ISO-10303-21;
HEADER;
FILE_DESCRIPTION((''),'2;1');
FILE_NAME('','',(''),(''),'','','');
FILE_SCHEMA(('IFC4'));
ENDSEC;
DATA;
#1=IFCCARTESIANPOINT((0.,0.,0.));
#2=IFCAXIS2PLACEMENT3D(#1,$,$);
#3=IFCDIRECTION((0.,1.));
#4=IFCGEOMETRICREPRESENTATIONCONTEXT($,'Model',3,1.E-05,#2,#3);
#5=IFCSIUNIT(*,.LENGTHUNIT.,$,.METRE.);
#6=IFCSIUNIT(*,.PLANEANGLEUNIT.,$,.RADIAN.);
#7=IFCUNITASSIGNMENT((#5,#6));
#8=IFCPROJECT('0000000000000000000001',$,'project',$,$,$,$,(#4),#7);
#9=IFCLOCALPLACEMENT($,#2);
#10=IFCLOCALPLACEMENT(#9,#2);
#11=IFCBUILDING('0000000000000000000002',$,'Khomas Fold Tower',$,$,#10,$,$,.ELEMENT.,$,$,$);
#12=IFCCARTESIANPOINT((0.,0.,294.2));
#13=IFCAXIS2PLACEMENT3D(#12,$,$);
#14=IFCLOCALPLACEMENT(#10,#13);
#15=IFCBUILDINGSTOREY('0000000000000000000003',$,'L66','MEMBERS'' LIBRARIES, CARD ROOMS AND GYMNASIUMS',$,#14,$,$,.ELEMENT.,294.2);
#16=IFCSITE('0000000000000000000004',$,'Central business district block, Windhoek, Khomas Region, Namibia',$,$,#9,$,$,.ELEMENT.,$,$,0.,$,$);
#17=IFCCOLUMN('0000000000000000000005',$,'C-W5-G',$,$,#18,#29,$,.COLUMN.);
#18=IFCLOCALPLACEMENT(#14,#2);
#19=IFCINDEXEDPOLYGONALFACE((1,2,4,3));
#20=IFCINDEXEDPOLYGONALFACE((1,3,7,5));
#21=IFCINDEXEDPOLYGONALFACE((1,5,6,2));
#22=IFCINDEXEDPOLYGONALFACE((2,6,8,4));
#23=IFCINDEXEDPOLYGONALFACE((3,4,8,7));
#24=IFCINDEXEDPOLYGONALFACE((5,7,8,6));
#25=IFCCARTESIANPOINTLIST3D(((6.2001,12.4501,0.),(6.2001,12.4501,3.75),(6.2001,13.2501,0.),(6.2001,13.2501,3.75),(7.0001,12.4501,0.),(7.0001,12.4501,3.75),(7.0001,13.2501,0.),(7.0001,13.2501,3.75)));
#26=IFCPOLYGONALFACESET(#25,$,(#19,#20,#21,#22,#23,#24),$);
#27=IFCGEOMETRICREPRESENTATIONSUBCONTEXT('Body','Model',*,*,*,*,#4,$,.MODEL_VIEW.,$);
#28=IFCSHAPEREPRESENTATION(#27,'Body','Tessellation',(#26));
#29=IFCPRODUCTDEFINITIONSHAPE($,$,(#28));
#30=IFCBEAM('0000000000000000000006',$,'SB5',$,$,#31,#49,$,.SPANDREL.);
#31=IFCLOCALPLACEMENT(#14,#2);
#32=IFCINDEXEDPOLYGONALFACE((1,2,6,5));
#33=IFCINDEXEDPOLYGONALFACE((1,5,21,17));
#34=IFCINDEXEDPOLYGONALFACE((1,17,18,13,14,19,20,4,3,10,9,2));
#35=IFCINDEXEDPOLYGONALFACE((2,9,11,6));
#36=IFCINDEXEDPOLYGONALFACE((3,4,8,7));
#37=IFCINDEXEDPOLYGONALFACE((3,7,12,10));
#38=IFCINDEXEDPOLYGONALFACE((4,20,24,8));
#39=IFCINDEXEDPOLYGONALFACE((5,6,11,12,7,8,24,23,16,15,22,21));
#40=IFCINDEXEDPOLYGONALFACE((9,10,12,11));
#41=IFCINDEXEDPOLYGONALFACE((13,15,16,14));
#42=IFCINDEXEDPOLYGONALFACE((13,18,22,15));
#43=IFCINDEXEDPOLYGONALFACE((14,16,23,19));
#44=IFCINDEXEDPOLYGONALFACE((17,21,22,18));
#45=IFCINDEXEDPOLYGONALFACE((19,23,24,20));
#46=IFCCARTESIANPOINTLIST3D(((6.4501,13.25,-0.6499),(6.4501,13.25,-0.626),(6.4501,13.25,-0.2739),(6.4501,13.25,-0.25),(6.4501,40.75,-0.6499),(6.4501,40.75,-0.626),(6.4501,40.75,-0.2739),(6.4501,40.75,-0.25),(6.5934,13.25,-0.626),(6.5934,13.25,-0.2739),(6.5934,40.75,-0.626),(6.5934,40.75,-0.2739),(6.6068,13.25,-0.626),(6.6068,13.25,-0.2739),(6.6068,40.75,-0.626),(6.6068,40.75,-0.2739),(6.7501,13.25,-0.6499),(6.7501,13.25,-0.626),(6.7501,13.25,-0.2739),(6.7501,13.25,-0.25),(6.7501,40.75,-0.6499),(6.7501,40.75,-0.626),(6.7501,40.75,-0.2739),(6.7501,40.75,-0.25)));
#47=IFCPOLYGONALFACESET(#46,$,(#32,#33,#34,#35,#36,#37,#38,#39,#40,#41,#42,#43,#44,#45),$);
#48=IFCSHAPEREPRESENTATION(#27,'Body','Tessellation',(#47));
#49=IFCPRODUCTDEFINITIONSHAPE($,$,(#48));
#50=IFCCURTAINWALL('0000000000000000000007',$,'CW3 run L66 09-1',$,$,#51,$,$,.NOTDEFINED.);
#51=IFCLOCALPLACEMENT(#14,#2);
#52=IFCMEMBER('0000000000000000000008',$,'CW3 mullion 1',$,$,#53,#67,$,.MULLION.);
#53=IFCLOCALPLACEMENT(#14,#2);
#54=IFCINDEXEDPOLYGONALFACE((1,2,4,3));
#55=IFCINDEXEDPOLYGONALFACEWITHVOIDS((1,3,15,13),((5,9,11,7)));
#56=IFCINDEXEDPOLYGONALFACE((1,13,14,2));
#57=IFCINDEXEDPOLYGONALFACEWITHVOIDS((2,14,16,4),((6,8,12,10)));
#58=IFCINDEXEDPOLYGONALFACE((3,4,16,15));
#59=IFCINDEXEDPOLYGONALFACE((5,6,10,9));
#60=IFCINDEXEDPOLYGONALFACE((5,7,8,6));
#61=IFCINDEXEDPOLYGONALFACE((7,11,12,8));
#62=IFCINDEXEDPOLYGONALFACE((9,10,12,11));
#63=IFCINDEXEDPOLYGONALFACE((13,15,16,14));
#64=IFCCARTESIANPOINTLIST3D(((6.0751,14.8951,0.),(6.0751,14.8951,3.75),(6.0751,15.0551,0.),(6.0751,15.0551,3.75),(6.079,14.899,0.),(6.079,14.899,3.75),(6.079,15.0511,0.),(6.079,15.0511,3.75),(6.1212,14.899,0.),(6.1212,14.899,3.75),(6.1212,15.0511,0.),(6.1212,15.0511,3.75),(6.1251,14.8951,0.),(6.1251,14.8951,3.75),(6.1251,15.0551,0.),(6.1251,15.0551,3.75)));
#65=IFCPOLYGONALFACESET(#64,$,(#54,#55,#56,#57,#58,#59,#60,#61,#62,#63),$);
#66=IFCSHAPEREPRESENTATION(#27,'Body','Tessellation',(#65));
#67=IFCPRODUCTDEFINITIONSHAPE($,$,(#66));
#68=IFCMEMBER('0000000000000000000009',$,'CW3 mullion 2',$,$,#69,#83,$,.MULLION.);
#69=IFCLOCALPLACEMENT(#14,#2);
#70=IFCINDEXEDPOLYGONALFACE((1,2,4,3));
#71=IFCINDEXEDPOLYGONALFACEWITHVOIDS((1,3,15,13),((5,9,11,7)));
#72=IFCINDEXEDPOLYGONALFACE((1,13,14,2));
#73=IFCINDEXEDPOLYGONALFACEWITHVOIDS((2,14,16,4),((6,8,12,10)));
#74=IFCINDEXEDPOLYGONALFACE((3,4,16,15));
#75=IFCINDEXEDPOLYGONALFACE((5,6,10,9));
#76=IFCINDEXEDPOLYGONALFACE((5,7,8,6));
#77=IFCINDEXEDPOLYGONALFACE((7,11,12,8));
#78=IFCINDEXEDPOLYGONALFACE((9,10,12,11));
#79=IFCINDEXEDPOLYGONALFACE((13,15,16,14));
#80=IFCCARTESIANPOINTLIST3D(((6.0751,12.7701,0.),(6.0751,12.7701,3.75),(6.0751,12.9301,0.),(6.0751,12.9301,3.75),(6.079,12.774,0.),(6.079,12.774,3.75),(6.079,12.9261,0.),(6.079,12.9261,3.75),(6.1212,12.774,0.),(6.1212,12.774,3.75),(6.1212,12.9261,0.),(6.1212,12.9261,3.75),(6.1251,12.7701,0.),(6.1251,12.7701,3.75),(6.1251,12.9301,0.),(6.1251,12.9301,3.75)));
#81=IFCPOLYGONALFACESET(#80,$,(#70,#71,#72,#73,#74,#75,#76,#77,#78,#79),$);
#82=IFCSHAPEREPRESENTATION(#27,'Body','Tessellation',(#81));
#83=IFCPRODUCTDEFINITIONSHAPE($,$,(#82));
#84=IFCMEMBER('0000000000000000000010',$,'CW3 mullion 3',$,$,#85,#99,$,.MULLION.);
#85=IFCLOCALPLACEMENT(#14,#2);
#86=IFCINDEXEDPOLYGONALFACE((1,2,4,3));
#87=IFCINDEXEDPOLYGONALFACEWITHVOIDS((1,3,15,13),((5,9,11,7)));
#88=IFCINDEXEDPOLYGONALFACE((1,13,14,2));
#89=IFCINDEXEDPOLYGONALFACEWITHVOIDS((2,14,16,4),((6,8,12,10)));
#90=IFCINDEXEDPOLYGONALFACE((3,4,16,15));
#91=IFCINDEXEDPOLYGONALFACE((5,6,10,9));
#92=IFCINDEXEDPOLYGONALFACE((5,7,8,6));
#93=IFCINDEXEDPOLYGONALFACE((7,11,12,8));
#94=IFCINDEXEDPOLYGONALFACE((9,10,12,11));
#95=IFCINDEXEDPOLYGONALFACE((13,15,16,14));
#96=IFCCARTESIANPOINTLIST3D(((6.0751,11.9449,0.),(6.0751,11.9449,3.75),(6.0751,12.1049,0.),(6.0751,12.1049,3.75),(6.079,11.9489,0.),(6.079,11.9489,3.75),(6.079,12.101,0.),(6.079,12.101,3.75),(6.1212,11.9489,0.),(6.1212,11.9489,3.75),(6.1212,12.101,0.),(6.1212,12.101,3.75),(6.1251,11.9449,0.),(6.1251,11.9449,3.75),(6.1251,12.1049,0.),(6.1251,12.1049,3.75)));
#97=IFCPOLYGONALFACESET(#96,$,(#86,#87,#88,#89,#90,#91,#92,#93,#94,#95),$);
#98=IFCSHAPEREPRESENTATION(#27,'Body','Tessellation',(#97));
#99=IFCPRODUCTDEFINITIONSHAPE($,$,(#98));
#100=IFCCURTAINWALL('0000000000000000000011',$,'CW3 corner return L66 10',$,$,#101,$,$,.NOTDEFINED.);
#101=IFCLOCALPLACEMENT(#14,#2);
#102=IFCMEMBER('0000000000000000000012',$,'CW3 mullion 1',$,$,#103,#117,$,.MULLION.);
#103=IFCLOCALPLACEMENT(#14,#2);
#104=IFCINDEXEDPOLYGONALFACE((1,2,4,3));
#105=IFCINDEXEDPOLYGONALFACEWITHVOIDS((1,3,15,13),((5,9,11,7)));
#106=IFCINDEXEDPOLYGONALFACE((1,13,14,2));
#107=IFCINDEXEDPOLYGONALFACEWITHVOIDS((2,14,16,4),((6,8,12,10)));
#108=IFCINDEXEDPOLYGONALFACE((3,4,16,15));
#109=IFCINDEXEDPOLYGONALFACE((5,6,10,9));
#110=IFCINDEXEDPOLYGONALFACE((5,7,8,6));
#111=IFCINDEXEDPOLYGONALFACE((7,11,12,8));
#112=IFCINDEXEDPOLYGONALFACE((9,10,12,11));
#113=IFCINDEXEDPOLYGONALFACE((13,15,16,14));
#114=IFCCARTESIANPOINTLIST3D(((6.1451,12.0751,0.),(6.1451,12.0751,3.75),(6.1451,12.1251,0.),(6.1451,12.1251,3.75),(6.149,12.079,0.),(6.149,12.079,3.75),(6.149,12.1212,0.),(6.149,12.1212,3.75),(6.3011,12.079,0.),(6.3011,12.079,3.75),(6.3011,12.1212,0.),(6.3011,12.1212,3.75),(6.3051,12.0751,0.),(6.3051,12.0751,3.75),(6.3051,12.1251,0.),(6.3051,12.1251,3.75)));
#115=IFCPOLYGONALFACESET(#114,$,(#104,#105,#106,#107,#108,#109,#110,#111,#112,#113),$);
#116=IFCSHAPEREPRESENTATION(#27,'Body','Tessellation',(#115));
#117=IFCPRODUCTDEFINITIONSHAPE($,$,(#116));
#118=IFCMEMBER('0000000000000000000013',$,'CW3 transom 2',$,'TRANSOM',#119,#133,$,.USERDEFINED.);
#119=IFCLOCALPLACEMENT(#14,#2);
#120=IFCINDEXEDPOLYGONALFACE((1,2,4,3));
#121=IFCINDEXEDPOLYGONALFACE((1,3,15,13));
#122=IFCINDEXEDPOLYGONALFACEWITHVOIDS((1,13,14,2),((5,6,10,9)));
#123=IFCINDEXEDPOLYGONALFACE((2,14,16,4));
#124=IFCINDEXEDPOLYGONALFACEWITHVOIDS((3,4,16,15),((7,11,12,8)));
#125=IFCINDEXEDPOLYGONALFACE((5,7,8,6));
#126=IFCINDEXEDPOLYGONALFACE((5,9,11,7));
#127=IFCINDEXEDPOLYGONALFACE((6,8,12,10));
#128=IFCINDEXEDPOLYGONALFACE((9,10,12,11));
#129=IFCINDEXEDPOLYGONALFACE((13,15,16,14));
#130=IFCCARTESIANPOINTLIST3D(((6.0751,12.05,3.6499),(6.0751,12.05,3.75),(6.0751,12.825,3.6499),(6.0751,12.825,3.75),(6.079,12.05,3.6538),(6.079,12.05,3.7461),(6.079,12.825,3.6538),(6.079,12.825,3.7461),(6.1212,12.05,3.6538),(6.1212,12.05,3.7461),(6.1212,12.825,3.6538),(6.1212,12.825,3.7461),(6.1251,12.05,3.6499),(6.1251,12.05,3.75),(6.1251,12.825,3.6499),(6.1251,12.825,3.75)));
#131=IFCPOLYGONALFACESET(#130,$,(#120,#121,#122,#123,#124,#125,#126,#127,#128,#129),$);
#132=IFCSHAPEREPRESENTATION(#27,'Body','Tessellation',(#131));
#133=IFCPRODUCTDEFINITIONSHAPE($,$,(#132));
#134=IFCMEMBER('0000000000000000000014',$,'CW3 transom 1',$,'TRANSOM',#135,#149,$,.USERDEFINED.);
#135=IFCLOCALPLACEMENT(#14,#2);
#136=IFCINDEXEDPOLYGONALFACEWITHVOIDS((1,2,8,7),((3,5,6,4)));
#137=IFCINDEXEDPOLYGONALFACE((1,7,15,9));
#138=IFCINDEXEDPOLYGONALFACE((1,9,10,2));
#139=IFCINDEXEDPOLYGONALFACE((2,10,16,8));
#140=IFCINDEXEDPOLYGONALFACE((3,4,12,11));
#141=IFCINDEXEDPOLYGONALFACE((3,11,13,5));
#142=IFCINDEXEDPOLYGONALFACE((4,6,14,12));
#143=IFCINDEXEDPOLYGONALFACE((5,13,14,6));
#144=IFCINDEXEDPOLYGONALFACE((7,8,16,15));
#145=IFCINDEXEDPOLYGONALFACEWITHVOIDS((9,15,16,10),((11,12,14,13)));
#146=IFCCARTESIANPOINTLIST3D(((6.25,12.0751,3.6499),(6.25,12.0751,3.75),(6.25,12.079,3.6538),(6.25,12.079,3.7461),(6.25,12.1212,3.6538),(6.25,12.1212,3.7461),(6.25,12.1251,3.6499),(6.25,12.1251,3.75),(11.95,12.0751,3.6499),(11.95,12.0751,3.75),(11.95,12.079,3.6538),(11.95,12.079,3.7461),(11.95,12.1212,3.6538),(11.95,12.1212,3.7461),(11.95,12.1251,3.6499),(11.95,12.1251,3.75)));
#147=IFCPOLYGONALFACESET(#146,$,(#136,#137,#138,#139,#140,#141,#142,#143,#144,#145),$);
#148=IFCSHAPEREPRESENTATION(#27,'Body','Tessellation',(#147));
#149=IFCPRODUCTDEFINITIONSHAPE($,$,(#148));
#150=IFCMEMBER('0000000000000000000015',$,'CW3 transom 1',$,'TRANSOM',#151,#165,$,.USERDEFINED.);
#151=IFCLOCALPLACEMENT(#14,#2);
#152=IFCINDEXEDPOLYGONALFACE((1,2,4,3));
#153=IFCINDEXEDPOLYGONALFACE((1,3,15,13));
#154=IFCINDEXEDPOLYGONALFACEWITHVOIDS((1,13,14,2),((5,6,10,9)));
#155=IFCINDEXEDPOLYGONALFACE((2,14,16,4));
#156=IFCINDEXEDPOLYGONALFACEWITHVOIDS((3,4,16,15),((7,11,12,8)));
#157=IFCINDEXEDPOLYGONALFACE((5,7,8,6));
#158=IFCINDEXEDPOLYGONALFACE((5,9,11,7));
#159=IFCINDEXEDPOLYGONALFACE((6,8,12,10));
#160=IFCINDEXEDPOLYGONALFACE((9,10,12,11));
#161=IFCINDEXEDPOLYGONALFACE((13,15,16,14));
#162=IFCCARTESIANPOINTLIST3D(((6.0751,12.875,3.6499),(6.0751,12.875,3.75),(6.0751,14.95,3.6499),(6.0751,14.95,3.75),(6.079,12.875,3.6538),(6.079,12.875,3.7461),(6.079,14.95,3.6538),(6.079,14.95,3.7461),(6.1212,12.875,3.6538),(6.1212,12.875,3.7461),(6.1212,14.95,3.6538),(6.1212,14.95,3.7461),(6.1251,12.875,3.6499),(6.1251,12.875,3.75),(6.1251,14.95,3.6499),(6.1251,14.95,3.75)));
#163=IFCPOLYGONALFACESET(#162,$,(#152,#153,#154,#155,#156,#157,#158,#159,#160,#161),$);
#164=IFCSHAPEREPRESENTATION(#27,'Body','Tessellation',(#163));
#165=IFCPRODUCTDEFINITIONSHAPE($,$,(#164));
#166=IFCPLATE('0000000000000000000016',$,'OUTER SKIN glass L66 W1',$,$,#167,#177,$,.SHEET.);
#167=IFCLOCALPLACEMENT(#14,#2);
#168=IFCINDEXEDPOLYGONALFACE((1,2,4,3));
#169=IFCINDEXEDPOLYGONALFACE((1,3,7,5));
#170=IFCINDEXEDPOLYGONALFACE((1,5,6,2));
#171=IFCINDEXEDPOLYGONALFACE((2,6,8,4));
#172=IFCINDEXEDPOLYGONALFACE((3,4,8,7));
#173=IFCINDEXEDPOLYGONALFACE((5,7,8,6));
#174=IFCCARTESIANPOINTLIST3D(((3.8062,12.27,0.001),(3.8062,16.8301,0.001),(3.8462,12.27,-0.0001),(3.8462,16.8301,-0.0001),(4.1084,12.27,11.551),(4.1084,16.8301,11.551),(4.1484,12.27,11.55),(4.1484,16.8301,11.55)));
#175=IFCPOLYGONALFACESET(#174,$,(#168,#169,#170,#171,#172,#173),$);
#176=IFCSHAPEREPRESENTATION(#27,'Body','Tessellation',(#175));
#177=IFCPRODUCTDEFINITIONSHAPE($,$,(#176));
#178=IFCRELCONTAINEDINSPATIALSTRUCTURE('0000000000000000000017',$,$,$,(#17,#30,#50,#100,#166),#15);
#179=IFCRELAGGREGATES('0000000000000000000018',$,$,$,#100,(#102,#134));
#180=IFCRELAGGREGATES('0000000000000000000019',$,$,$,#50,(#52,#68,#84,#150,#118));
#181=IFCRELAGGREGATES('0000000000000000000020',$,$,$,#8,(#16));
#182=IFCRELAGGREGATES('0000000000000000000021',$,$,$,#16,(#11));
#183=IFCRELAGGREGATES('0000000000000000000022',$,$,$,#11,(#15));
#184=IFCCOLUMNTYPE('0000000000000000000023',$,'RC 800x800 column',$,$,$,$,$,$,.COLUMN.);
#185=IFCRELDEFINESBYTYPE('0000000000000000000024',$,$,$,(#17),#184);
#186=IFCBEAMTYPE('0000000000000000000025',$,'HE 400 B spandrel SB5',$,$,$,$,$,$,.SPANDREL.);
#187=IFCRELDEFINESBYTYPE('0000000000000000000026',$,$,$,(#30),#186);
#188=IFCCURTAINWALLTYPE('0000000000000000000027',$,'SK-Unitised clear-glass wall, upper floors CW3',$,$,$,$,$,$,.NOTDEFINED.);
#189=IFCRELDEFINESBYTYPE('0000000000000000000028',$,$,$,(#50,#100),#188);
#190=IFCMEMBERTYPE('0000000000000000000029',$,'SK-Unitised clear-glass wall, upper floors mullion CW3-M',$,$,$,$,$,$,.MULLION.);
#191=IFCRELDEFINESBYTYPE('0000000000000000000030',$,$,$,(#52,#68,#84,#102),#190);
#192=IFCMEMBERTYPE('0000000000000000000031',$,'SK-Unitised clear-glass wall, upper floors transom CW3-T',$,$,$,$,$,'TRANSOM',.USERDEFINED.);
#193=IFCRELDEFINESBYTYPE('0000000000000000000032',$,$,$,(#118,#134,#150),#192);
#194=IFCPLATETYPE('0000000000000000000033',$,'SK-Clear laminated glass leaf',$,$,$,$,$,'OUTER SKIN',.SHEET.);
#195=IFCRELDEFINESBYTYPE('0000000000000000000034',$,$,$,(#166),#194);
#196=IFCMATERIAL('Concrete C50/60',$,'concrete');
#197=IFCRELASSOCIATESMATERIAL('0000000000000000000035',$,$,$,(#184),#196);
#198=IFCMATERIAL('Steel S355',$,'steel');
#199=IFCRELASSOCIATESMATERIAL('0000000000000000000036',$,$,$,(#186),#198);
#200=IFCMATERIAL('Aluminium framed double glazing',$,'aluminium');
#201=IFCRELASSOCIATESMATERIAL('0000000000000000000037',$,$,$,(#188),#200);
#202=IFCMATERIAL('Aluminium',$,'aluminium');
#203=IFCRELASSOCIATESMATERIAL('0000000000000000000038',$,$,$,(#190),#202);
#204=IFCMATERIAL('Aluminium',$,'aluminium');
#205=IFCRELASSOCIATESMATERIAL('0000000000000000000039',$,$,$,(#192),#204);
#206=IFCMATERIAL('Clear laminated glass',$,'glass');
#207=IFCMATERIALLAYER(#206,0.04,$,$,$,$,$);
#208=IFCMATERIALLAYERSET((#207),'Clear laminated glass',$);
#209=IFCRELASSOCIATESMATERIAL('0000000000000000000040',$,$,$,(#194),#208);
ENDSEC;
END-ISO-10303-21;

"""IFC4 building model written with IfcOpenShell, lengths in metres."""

from ifc_helpers import new_model, si_unit, direction, frame, origin, origin_2d, place, context, subcontext, project, spatial, polyline, rectangle, hollow_rectangle, i_section, outline, extrude, source, transform, mapped, material, layer, layer_set, material_profile, profile_set, type_object, element, aggregate, save


model = new_model("IFC4")

# Units and contexts
model_context = context("Model", 3, precision=1e-05, world=origin(), true_north=direction((0.0, 1.0)))
body_context = subcontext(model_context, "Body", "Model", "MODEL_VIEW")
ifc_project = project(units=[si_unit("LENGTHUNIT", "METRE"), si_unit("PLANEANGLEUNIT", "RADIAN")], contexts=[model_context])

# Site, building, storey
site_placement = place(None, origin())
site = spatial("IfcSite", under=ifc_project, at=site_placement, Name="Central business district block, Windhoek, Khomas Region, Namibia", CompositionType="ELEMENT", RefElevation=0.0)
building_placement = place(site_placement, origin())
building = spatial("IfcBuilding", under=site, at=building_placement, Name="Khomas Fold Tower", CompositionType="ELEMENT")
storey_placement = place(building_placement, frame((0.0, 0.0, 294.2)))
storey = spatial("IfcBuildingStorey", under=building, at=storey_placement, Name="L66", Description="MEMBERS' LIBRARIES, CARD ROOMS AND GYMNASIUMS", CompositionType="ELEMENT", Elevation=294.2)

# Column
ifc_material_1 = material(Name="Concrete C50/60", Category="concrete")
ifc_material_profile_1 = material_profile(ifc_material_1, rectangle(XDim=0.8, YDim=0.8, at=origin_2d()), Name="RC 800x800")
ifc_profile_set_1 = profile_set([ifc_material_profile_1], Name="Concrete C50/60")
column_type = type_object("IfcColumnType", Name="RC 800x800 column", PredefinedType="COLUMN", material=ifc_profile_set_1)
shared_shape_1 = source(origin(), body_context, "Body", "SweptSolid", [
    extrude(rectangle(XDim=0.8, YDim=0.8, at=origin_2d()), origin(), (0.0, 0.0, 1.0), 3.75),
])
column_placement = place(storey_placement, frame((6.6001, 12.8501, 0.0), z_axis=(0.0, 0.0, 1.0), x_axis=(1.0, 0.0, 0.0)))
element("IfcColumn", 1, at=column_placement, inside=storey, type_object=column_type, Name="C-W5-G", PredefinedType="COLUMN", context=body_context, shape_type="MappedRepresentation", body=[
    mapped(shared_shape_1, transform((0.0, 0.0, 0.0))),
])

# Beam
ifc_material_2 = material(Name="Steel S355", Category="steel")
ifc_material_profile_2 = material_profile(ifc_material_2, i_section(OverallWidth=0.3, OverallDepth=0.3999, WebThickness=0.0134, FlangeThickness=0.0239, at=origin_2d()), Name="HE 400 B")
ifc_profile_set_2 = profile_set([ifc_material_profile_2], Name="Steel S355")
beam_type = type_object("IfcBeamType", Name="HE 400 B spandrel SB5", PredefinedType="SPANDREL", material=ifc_profile_set_2)
shared_shape_2 = source(origin(), body_context, "Body", "SweptSolid", [
    extrude(i_section(OverallWidth=0.3, OverallDepth=0.3999, WebThickness=0.0134, FlangeThickness=0.0239, at=origin_2d()), origin(), (0.0, 0.0, 1.0), 27.5),
])
beam_placement = place(storey_placement, frame((6.6001, 13.25, -0.45), z_axis=(0.0, 1.0, 0.0), x_axis=(-1.0, 0.0, 0.0)))
element("IfcBeam", 2, at=beam_placement, inside=storey, type_object=beam_type, Name="SB5", PredefinedType="SPANDREL", context=body_context, shape_type="MappedRepresentation", body=[
    mapped(shared_shape_2, transform((0.0, 0.0, 0.0))),
])

# Curtain wall, members
ifc_material_3 = material(Name="Aluminium framed double glazing", Category="aluminium")
curtain_wall_type = type_object("IfcCurtainWallType", Name="SK-Unitised clear-glass wall, upper floors CW3", PredefinedType="NOTDEFINED", material=ifc_material_3)
curtain_wall_1_placement = place(storey_placement, origin())
curtain_wall_1 = element("IfcCurtainWall", 3, at=curtain_wall_1_placement, inside=storey, type_object=curtain_wall_type, Name="CW3 run L66 09-1", PredefinedType="NOTDEFINED")
ifc_material_4 = material(Name="Aluminium", Category="aluminium")
ifc_material_profile_3 = material_profile(ifc_material_4, hollow_rectangle(XDim=0.05, YDim=0.1599, WallThickness=0.0039, at=origin_2d()), Name="SK-Unitised clear-glass wall, upper floors mullion CW3-M")
ifc_profile_set_3 = profile_set([ifc_material_profile_3], Name="Aluminium")
member_type_1 = type_object("IfcMemberType", Name="SK-Unitised clear-glass wall, upper floors mullion CW3-M", PredefinedType="MULLION", material=ifc_profile_set_3)
shared_shape_3 = source(origin(), body_context, "Body", "SweptSolid", [
    extrude(hollow_rectangle(XDim=0.05, YDim=0.1599, WallThickness=0.0039, at=origin_2d()), origin(), (0.0, 0.0, 1.0), 3.75),
])
member_1_placement = place(storey_placement, frame((6.1001, 14.9751, 0.0), z_axis=(0.0, 0.0, 1.0), x_axis=(1.0, 0.0, 0.0)))
member_1 = element("IfcMember", 4, at=member_1_placement, type_object=member_type_1, Name="CW3 mullion 1", PredefinedType="MULLION", context=body_context, shape_type="MappedRepresentation", body=[
    mapped(shared_shape_3, transform((0.0, 0.0, 0.0))),
])
member_2_placement = place(storey_placement, frame((6.1001, 12.8501, 0.0), z_axis=(0.0, 0.0, 1.0), x_axis=(1.0, 0.0, 0.0)))
member_2 = element("IfcMember", 5, at=member_2_placement, type_object=member_type_1, Name="CW3 mullion 2", PredefinedType="MULLION", context=body_context, shape_type="MappedRepresentation", body=[
    mapped(shared_shape_3, transform((0.0, 0.0, 0.0))),
])
member_3_placement = place(storey_placement, frame((6.1001, 12.0249, 0.0), z_axis=(0.0, 0.0, 1.0), x_axis=(1.0, 0.0, 0.0)))
member_3 = element("IfcMember", 6, at=member_3_placement, type_object=member_type_1, Name="CW3 mullion 3", PredefinedType="MULLION", context=body_context, shape_type="MappedRepresentation", body=[
    mapped(shared_shape_3, transform((0.0, 0.0, 0.0))),
])

# Curtain wall, member
curtain_wall_2_placement = place(storey_placement, origin())
curtain_wall_2 = element("IfcCurtainWall", 7, at=curtain_wall_2_placement, inside=storey, type_object=curtain_wall_type, Name="CW3 corner return L66 10", PredefinedType="NOTDEFINED")
member_4_placement = place(storey_placement, frame((6.2251, 12.1001, 0.0), z_axis=(0.0, 0.0, 1.0), x_axis=(0.0, 1.0, 0.0)))
member_4 = element("IfcMember", 8, at=member_4_placement, type_object=member_type_1, Name="CW3 mullion 1", PredefinedType="MULLION", context=body_context, shape_type="MappedRepresentation", body=[
    mapped(shared_shape_3, transform((0.0, 0.0, 0.0))),
])

# Members
ifc_material_5 = material(Name="Aluminium", Category="aluminium")
ifc_material_profile_4 = material_profile(ifc_material_5, hollow_rectangle(XDim=0.05, YDim=0.1001, WallThickness=0.0039, at=origin_2d()), Name="SK-Unitised clear-glass wall, upper floors transom CW3-T")
ifc_profile_set_4 = profile_set([ifc_material_profile_4], Name="Aluminium")
member_type_2 = type_object("IfcMemberType", Name="SK-Unitised clear-glass wall, upper floors transom CW3-T", ElementType="TRANSOM", PredefinedType="USERDEFINED", material=ifc_profile_set_4)
shared_shape_4 = source(origin(), body_context, "Body", "SweptSolid", [
    extrude(hollow_rectangle(XDim=0.05, YDim=0.1001, WallThickness=0.0039, at=origin_2d()), origin(), (0.0, 0.0, 1.0), 0.7749),
])
member_5_placement = place(storey_placement, frame((6.1001, 12.825, 3.7), z_axis=(0.0, -1.0, 0.0), x_axis=(1.0, 0.0, 0.0)))
member_5 = element("IfcMember", 9, at=member_5_placement, type_object=member_type_2, Name="CW3 transom 2", ObjectType="TRANSOM", PredefinedType="USERDEFINED", context=body_context, shape_type="MappedRepresentation", body=[
    mapped(shared_shape_4, transform((0.0, 0.0, 0.0))),
])
shared_shape_5 = source(origin(), body_context, "Body", "SweptSolid", [
    extrude(hollow_rectangle(XDim=0.05, YDim=0.1001, WallThickness=0.0039, at=origin_2d()), origin(), (0.0, 0.0, 1.0), 5.7),
])
member_6_placement = place(storey_placement, frame((6.25, 12.1001, 3.7), z_axis=(1.0, 0.0, 0.0), x_axis=(0.0, 1.0, 0.0)))
member_6 = element("IfcMember", 10, at=member_6_placement, type_object=member_type_2, Name="CW3 transom 1", ObjectType="TRANSOM", PredefinedType="USERDEFINED", context=body_context, shape_type="MappedRepresentation", body=[
    mapped(shared_shape_5, transform((0.0, 0.0, 0.0))),
])
aggregate(curtain_wall_2, [member_4, member_6])
shared_shape_6 = source(origin(), body_context, "Body", "SweptSolid", [
    extrude(hollow_rectangle(XDim=0.05, YDim=0.1001, WallThickness=0.0039, at=origin_2d()), origin(), (0.0, 0.0, 1.0), 2.075),
])
member_7_placement = place(storey_placement, frame((6.1001, 14.95, 3.7), z_axis=(0.0, -1.0, 0.0), x_axis=(1.0, 0.0, 0.0)))
member_7 = element("IfcMember", 11, at=member_7_placement, type_object=member_type_2, Name="CW3 transom 1", ObjectType="TRANSOM", PredefinedType="USERDEFINED", context=body_context, shape_type="MappedRepresentation", body=[
    mapped(shared_shape_6, transform((0.0, 0.0, 0.0))),
])

# Plate
ifc_material_6 = material(Name="Clear laminated glass", Category="glass")
ifc_layer_1 = layer(ifc_material_6, 0.04)
ifc_layer_set_1 = layer_set([ifc_layer_1], Name="Clear laminated glass")
plate_type_1 = type_object("IfcPlateType", Name="SK-Clear laminated glass leaf", ElementType="OUTER SKIN", PredefinedType="SHEET", material=ifc_layer_set_1)
plate_1_placement = place(storey_placement, frame((3.8062, 12.27, 0.001), z_axis=(-0.999658, 0.0, 0.026159), x_axis=(0.0, 1.0, 0.0)))
element("IfcPlate", 12, at=plate_1_placement, inside=storey, type_object=plate_type_1, Name="OUTER SKIN glass L66 W1", PredefinedType="SHEET", context=body_context, shape_type="SweptSolid", body=[
    extrude(outline(polyline([(0.0, 0.0), (4.5601, 0.0), (4.5601, -11.554), (0.0, -11.554), (0.0, 0.0)])), origin(), (0.0, 0.0, -1.0), 0.04),
])

aggregate(curtain_wall_1, [member_1, member_2, member_3, member_7, member_5])

save(model, "model.ifc")
